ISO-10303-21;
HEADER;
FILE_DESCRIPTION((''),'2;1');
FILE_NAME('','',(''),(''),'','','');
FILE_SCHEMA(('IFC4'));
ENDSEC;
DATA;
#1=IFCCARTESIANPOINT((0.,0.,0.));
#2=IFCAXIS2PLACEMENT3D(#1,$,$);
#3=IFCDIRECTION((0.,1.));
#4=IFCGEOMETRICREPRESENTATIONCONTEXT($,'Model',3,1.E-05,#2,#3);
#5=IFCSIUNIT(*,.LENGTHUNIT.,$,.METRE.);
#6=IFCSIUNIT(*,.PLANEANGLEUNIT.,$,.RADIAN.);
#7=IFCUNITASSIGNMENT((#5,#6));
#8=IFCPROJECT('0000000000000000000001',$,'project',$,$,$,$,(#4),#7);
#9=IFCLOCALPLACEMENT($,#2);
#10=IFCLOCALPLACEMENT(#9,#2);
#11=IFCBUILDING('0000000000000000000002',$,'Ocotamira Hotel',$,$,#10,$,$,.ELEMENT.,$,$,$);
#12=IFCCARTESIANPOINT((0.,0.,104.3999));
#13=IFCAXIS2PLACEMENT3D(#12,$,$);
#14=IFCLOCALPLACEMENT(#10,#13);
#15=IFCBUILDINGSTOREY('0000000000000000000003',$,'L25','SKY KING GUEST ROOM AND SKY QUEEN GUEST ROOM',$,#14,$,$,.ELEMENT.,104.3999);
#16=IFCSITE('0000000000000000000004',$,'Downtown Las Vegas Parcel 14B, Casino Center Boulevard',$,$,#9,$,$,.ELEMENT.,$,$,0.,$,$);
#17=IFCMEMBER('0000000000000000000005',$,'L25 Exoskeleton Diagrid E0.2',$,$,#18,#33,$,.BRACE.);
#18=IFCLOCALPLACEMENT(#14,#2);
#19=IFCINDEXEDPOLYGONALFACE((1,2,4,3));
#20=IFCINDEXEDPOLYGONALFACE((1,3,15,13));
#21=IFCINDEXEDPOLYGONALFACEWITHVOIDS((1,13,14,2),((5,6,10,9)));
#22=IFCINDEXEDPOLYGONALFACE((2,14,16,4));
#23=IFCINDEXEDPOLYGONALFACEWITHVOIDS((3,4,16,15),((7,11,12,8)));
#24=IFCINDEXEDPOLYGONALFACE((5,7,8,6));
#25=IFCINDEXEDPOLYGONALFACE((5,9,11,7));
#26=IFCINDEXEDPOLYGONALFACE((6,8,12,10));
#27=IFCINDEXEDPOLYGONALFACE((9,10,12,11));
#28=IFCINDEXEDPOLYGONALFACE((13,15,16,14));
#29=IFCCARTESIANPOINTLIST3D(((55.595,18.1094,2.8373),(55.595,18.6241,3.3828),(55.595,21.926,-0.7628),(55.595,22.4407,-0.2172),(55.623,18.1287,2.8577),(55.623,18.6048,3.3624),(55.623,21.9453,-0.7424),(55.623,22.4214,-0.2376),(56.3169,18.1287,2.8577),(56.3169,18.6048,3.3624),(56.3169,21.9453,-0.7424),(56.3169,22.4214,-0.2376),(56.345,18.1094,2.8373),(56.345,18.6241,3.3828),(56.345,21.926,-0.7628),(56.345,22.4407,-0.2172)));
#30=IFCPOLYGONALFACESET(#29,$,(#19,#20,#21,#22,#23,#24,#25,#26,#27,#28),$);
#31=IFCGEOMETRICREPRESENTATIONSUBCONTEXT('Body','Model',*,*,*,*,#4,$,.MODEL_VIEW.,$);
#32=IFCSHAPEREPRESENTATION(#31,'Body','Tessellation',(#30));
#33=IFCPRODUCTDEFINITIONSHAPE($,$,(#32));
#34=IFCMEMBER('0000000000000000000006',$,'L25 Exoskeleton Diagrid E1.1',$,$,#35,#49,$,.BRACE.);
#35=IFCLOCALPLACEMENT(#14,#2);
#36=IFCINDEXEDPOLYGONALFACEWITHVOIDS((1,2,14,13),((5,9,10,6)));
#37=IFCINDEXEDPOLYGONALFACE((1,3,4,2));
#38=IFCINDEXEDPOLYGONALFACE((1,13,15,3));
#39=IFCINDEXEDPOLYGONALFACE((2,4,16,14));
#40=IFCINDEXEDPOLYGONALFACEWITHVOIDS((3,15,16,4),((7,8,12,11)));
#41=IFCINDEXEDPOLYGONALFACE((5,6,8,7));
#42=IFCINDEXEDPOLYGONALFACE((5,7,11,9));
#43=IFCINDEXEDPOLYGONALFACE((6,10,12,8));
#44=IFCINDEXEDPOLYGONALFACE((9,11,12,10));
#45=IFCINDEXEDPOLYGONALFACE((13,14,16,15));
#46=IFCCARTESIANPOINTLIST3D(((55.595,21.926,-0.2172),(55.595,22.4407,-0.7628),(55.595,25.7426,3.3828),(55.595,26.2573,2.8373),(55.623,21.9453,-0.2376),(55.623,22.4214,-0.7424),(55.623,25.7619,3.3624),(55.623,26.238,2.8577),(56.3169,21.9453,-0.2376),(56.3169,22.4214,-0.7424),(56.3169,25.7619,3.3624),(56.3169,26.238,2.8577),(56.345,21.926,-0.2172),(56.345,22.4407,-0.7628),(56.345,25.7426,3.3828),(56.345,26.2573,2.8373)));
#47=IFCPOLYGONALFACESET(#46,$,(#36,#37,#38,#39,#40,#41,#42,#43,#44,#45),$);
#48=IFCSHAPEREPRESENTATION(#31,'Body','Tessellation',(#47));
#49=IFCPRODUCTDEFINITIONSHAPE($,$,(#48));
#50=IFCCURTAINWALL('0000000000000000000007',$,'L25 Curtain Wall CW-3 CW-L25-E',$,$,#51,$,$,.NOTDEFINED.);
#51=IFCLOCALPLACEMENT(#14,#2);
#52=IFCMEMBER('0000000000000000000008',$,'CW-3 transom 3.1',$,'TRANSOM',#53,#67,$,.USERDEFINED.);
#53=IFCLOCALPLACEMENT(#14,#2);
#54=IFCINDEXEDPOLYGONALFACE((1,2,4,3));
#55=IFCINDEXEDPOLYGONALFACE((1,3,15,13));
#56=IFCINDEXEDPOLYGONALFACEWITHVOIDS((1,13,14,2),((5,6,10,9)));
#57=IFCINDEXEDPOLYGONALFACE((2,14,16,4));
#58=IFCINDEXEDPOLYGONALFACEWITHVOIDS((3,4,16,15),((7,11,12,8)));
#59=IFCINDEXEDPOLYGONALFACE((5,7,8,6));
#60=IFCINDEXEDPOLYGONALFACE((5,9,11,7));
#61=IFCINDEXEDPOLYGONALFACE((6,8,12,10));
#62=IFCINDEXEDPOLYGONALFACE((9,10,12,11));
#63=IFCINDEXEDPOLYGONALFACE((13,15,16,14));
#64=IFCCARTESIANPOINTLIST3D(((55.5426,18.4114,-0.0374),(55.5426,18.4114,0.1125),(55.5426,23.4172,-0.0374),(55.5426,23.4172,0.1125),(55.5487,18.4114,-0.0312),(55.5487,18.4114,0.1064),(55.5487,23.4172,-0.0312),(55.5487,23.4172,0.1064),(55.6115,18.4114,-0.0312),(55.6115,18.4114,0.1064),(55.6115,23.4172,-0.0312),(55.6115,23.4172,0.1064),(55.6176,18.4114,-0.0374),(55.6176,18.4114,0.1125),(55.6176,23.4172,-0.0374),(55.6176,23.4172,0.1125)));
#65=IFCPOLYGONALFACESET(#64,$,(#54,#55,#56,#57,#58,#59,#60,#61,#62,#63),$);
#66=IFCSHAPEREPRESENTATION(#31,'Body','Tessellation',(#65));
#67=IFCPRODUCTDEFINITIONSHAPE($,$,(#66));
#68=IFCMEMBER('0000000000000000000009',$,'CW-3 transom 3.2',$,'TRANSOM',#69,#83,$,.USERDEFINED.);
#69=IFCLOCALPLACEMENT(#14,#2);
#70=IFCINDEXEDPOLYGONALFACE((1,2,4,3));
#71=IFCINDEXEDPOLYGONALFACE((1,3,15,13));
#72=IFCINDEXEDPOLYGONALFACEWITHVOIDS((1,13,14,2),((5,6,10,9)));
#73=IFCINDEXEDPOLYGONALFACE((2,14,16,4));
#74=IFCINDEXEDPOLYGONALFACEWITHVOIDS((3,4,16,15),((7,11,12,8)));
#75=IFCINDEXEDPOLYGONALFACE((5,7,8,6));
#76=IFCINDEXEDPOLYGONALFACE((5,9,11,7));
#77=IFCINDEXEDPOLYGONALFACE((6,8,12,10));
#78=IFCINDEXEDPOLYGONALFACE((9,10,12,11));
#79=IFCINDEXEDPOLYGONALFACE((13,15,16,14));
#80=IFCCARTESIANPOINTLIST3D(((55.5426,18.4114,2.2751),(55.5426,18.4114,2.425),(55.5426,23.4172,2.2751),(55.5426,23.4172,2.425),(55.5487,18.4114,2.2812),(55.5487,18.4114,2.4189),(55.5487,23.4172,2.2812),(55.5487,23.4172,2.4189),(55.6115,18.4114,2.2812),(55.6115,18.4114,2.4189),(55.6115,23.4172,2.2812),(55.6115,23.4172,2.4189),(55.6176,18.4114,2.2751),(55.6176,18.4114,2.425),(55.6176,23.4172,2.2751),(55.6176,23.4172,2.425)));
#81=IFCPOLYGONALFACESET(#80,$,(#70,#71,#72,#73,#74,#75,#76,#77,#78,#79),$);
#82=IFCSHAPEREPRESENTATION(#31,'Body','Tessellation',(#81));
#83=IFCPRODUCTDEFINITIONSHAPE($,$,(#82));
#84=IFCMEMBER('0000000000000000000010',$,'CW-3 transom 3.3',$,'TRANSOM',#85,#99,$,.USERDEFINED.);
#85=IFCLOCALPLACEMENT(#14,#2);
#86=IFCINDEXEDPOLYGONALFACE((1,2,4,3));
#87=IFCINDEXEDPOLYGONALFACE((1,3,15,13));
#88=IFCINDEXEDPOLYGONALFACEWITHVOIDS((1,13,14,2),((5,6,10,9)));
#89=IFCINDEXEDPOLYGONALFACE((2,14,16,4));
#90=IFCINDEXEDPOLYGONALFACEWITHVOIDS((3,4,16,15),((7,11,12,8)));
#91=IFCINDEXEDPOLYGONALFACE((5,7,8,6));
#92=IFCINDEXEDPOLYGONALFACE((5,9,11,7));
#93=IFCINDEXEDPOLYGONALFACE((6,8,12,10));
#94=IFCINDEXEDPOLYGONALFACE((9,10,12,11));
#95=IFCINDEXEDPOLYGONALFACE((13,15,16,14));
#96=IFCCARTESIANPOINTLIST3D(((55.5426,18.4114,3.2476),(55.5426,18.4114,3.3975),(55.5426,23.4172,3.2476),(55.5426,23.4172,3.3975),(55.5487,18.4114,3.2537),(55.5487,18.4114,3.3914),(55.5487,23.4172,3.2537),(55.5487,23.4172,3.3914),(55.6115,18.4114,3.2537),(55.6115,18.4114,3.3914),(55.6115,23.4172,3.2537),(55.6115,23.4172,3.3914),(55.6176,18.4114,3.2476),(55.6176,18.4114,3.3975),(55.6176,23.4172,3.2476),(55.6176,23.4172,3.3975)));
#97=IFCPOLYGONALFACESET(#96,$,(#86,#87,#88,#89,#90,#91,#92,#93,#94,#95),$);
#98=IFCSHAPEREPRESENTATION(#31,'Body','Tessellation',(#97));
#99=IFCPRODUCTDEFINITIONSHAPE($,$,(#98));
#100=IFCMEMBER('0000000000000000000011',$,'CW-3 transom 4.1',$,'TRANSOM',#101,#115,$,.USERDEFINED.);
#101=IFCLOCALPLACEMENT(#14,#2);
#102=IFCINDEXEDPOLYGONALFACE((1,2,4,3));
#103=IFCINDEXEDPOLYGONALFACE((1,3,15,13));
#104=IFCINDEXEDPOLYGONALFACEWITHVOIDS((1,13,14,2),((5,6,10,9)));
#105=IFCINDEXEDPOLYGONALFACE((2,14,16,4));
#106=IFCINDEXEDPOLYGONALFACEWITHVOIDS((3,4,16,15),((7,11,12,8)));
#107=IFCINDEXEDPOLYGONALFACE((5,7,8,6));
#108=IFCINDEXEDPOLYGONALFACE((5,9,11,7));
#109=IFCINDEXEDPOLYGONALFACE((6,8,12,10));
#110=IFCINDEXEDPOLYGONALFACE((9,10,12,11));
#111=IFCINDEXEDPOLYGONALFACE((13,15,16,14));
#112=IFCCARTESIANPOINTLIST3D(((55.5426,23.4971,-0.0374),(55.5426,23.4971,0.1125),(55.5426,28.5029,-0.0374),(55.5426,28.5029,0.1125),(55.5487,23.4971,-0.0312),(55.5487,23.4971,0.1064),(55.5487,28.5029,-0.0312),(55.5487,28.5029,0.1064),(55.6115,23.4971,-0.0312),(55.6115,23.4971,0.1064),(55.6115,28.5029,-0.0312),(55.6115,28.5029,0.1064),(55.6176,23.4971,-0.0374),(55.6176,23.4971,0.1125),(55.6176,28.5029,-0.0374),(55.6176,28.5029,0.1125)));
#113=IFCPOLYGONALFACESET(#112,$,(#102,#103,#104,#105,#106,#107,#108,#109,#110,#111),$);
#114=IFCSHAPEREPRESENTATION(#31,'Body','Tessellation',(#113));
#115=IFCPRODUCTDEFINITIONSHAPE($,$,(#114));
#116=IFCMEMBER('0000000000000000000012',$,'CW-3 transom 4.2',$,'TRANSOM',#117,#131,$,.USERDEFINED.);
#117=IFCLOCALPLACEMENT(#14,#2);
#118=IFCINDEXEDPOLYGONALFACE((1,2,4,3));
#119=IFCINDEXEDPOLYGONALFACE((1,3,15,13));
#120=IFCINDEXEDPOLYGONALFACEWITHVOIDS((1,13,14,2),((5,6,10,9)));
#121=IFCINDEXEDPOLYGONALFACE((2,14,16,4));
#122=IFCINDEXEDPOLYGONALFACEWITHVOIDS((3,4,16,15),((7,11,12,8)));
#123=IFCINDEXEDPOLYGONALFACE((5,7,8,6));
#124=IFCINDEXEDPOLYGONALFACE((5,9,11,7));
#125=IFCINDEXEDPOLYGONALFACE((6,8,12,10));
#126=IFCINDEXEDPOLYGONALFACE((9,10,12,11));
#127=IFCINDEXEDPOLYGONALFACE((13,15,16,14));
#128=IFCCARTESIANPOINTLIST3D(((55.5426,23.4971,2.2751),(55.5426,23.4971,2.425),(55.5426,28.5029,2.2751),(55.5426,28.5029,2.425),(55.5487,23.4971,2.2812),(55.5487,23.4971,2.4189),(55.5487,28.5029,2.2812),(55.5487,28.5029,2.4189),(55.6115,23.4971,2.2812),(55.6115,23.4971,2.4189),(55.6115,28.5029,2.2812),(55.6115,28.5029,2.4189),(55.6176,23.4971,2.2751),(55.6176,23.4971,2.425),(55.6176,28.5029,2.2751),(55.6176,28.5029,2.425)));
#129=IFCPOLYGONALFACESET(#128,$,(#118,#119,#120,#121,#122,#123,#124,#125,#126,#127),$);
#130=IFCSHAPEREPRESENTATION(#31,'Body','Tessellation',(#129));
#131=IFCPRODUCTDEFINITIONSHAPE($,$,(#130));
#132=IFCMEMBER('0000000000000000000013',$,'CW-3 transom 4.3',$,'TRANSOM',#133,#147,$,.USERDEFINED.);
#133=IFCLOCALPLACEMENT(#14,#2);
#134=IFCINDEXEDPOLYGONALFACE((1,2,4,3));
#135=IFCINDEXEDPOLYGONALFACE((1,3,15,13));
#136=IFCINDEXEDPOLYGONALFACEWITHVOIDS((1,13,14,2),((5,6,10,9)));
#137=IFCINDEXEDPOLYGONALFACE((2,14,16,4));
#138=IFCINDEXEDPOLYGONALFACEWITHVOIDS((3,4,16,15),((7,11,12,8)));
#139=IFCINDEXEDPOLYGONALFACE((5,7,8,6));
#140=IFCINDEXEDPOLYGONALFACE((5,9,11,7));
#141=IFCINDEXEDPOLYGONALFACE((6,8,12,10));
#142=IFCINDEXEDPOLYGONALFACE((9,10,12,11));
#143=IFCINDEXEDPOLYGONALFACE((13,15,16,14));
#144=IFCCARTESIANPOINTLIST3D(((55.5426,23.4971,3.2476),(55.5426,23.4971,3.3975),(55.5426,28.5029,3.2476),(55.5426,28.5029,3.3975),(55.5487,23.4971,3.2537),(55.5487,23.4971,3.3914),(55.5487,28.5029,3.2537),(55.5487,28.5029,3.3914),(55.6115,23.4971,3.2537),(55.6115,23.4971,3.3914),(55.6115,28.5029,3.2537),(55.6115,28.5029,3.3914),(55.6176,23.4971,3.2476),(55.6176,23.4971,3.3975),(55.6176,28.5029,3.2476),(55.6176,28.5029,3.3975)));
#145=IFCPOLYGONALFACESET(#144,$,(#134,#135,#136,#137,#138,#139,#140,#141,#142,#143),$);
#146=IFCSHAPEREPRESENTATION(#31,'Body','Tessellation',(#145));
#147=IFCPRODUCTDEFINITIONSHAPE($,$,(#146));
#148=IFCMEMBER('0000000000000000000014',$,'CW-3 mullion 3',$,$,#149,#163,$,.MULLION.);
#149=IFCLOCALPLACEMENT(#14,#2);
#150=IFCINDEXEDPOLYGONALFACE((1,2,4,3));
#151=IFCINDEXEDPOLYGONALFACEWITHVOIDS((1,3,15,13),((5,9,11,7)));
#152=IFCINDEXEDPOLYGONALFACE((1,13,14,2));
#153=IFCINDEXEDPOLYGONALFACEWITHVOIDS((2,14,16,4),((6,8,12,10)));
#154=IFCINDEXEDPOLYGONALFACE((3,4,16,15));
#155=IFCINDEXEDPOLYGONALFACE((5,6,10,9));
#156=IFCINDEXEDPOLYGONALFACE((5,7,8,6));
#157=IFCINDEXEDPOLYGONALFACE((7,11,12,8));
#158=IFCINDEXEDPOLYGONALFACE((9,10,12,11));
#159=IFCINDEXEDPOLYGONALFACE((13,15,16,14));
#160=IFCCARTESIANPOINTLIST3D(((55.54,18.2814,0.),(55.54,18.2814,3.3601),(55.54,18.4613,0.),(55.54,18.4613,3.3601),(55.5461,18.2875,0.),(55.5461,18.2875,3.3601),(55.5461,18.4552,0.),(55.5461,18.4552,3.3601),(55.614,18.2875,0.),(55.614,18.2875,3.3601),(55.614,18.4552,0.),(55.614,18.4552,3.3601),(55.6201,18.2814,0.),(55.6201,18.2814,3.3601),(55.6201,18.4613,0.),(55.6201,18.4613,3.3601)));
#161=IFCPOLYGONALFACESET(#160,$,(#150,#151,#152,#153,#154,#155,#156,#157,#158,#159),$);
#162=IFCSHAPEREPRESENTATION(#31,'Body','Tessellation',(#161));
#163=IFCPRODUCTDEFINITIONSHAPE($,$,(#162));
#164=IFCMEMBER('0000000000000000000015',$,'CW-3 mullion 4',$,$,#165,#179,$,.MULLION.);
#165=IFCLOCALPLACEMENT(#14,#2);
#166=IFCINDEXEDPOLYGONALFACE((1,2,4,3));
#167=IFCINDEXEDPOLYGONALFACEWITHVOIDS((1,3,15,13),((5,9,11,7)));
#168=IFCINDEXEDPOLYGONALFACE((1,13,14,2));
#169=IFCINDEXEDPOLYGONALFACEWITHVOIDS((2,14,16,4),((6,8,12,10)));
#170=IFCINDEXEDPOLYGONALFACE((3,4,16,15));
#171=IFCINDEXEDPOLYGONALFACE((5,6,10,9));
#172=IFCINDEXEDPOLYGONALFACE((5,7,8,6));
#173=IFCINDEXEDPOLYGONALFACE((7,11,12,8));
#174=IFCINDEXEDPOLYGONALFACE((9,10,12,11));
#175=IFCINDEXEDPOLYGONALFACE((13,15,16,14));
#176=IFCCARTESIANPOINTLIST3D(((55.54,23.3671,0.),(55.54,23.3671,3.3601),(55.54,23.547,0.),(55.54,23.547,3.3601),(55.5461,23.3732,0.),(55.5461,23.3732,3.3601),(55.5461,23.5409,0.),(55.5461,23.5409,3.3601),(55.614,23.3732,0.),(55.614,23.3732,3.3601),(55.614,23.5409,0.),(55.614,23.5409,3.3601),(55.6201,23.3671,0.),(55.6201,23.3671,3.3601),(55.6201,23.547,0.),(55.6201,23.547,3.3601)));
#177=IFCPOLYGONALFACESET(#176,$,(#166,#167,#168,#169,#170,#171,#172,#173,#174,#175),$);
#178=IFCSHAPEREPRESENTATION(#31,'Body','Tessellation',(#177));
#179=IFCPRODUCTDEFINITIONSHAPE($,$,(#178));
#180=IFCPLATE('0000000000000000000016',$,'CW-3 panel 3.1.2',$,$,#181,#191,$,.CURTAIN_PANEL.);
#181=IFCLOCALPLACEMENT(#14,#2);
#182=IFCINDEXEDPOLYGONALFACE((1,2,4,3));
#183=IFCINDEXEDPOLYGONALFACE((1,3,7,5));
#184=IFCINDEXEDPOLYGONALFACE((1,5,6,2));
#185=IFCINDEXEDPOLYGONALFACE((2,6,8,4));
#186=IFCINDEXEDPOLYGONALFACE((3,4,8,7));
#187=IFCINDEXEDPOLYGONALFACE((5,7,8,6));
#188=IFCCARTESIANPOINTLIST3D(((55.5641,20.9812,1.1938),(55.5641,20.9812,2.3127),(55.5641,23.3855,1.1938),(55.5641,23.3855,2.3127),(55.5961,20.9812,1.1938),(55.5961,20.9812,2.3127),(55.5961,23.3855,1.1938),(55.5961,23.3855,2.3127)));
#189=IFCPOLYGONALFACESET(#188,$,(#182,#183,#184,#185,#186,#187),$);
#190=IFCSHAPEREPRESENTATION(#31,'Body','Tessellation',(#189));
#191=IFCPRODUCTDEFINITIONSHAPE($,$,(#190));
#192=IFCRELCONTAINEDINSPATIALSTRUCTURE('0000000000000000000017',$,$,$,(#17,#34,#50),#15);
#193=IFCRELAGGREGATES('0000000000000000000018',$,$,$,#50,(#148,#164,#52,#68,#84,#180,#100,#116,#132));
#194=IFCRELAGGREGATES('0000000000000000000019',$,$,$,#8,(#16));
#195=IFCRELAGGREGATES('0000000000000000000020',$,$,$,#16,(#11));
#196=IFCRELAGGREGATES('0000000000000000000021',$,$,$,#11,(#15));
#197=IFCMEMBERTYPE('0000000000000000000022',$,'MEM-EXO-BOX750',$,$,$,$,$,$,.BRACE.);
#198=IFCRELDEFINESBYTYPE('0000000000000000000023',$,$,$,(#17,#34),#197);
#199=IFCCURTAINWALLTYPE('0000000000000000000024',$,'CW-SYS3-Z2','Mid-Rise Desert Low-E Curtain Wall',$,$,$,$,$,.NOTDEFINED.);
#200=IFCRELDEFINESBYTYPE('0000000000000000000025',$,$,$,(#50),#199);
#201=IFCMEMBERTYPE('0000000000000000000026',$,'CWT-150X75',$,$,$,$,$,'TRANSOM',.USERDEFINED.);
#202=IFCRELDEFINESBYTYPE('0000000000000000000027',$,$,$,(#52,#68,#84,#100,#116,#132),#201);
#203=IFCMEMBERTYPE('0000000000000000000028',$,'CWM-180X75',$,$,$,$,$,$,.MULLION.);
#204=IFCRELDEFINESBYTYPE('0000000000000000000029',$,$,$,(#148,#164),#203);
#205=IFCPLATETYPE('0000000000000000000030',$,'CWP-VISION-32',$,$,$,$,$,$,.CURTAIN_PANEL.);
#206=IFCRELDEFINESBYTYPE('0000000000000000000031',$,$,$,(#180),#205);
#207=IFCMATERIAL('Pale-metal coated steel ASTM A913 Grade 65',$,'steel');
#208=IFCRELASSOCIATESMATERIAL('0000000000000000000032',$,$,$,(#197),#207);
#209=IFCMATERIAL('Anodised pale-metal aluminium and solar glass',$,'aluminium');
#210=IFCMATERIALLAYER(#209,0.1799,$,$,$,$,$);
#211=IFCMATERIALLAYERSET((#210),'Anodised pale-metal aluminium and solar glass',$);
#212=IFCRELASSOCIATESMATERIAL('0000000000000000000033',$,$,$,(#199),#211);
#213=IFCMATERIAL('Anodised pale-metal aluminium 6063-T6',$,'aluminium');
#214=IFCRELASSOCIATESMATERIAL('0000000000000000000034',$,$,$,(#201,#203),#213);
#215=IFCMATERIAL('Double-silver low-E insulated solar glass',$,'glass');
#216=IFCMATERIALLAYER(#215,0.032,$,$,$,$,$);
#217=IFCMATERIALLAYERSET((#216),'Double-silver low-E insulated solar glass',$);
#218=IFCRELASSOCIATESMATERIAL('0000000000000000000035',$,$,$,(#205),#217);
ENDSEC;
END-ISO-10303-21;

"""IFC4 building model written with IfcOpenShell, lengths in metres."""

from ifc_helpers import new_model, si_unit, direction, frame, origin, origin_2d, place, context, subcontext, project, spatial, rectangle, hollow_rectangle, extrude, source, transform, mapped, material, layer, layer_set, material_profile, profile_set, type_object, element, aggregate, save


model = new_model("IFC4")

# Units and contexts
model_context = context("Model", 3, precision=1e-05, world=origin(), true_north=direction((0.0, 1.0)))
body_context = subcontext(model_context, "Body", "Model", "MODEL_VIEW")
ifc_project = project(units=[si_unit("LENGTHUNIT", "METRE"), si_unit("PLANEANGLEUNIT", "RADIAN")], contexts=[model_context])

# Site, building, storey
site_placement = place(None, origin())
site = spatial("IfcSite", under=ifc_project, at=site_placement, Name="Downtown Las Vegas Parcel 14B, Casino Center Boulevard", CompositionType="ELEMENT", RefElevation=0.0)
building_placement = place(site_placement, origin())
building = spatial("IfcBuilding", under=site, at=building_placement, Name="Ocotamira Hotel", CompositionType="ELEMENT")
storey_placement = place(building_placement, frame((0.0, 0.0, 104.3999)))
storey = spatial("IfcBuildingStorey", under=building, at=storey_placement, Name="L25", Description="SKY KING GUEST ROOM AND SKY QUEEN GUEST ROOM", CompositionType="ELEMENT", Elevation=104.3999)

# Members
ifc_material_1 = material(Name="Pale-metal coated steel ASTM A913 Grade 65", Category="steel")
ifc_material_profile_1 = material_profile(ifc_material_1, hollow_rectangle(XDim=0.75, YDim=0.75, WallThickness=0.0281, at=origin_2d()), Name="BOX750X750X28")
ifc_profile_set_1 = profile_set([ifc_material_profile_1], Name="Pale-metal coated steel ASTM A913 Grade 65")
member_type_1 = type_object("IfcMemberType", Name="MEM-EXO-BOX750", PredefinedType="BRACE", material=ifc_profile_set_1)
shared_shape_1 = source(origin(), body_context, "Body", "SweptSolid", [
    extrude(hollow_rectangle(XDim=0.75, YDim=0.75, WallThickness=0.0281, at=origin_2d()), origin(), (0.0, 0.0, 1.0), 5.2466),
])
for number, where, z_axis, x_axis, name in (
    (1, (55.97, 22.1833, -0.49), (0.0, -0.727443, 0.686168), (1.0, 0.0, 0.0), "L25 Exoskeleton Diagrid E0.2"),
    (2, (55.97, 22.1833, -0.49), (0.0, 0.727443, 0.686168), (-1.0, 0.0, 0.0), "L25 Exoskeleton Diagrid E1.1"),
):
    element("IfcMember", number, at=place(storey_placement, frame(where, z_axis=z_axis, x_axis=x_axis)), inside=storey, type_object=member_type_1, Name=name, PredefinedType="BRACE", context=body_context, shape_type="MappedRepresentation", body=[
        mapped(shared_shape_1, transform((0.0, 0.0, 0.0), scale=1.0)),
    ])

# Curtain wall, members, plate
ifc_material_2 = material(Name="Anodised pale-metal aluminium and solar glass", Category="aluminium")
ifc_layer_1 = layer(ifc_material_2, 0.1799)
ifc_layer_set_1 = layer_set([ifc_layer_1], Name="Anodised pale-metal aluminium and solar glass")
curtain_wall_type = type_object("IfcCurtainWallType", Name="CW-SYS3-Z2", Description="Mid-Rise Desert Low-E Curtain Wall", PredefinedType="NOTDEFINED", material=ifc_layer_set_1)
curtain_wall_placement = place(storey_placement, origin())
curtain_wall = element("IfcCurtainWall", 3, at=curtain_wall_placement, inside=storey, type_object=curtain_wall_type, Name="L25 Curtain Wall CW-3 CW-L25-E", PredefinedType="NOTDEFINED")
ifc_material_3 = material(Name="Anodised pale-metal aluminium 6063-T6", Category="aluminium")
ifc_material_profile_2 = material_profile(ifc_material_3, hollow_rectangle(XDim=0.075, YDim=0.1499, WallThickness=0.0061, at=origin_2d()), Name="HSS150X75X6")
ifc_profile_set_2 = profile_set([ifc_material_profile_2], Name="Anodised pale-metal aluminium 6063-T6")
member_type_2 = type_object("IfcMemberType", Name="CWT-150X75", ElementType="TRANSOM", PredefinedType="USERDEFINED", material=ifc_profile_set_2)
shared_shape_2 = source(origin(), body_context, "Body", "SweptSolid", [
    extrude(hollow_rectangle(XDim=0.075, YDim=0.1499, WallThickness=0.0061, at=origin_2d()), origin(), (0.0, 0.0, 1.0), 5.0059),
])
member_1_placement = place(storey_placement, frame((55.5801, 18.4114, 0.0376), z_axis=(0.0, 1.0, 0.0), x_axis=(-1.0, 0.0, 0.0)))
member_1 = element("IfcMember", 4, at=member_1_placement, type_object=member_type_2, Name="CW-3 transom 3.1", ObjectType="TRANSOM", PredefinedType="USERDEFINED", context=body_context, shape_type="MappedRepresentation", body=[
    mapped(shared_shape_2, transform((0.0, 0.0, 0.0), scale=1.0)),
])
member_2_placement = place(storey_placement, frame((55.5801, 18.4114, 2.3501), z_axis=(0.0, 1.0, 0.0), x_axis=(-1.0, 0.0, 0.0)))
member_2 = element("IfcMember", 5, at=member_2_placement, type_object=member_type_2, Name="CW-3 transom 3.2", ObjectType="TRANSOM", PredefinedType="USERDEFINED", context=body_context, shape_type="MappedRepresentation", body=[
    mapped(shared_shape_2, transform((0.0, 0.0, 0.0), scale=1.0)),
])
member_3_placement = place(storey_placement, frame((55.5801, 18.4114, 3.3225), z_axis=(0.0, 1.0, 0.0), x_axis=(-1.0, 0.0, 0.0)))
member_3 = element("IfcMember", 6, at=member_3_placement, type_object=member_type_2, Name="CW-3 transom 3.3", ObjectType="TRANSOM", PredefinedType="USERDEFINED", context=body_context, shape_type="MappedRepresentation", body=[
    mapped(shared_shape_2, transform((0.0, 0.0, 0.0), scale=1.0)),
])
member_4_placement = place(storey_placement, frame((55.5801, 23.4971, 0.0376), z_axis=(0.0, 1.0, 0.0), x_axis=(-1.0, 0.0, 0.0)))
member_4 = element("IfcMember", 7, at=member_4_placement, type_object=member_type_2, Name="CW-3 transom 4.1", ObjectType="TRANSOM", PredefinedType="USERDEFINED", context=body_context, shape_type="MappedRepresentation", body=[
    mapped(shared_shape_2, transform((0.0, 0.0, 0.0), scale=1.0)),
])
member_5_placement = place(storey_placement, frame((55.5801, 23.4971, 2.3501), z_axis=(0.0, 1.0, 0.0), x_axis=(-1.0, 0.0, 0.0)))
member_5 = element("IfcMember", 8, at=member_5_placement, type_object=member_type_2, Name="CW-3 transom 4.2", ObjectType="TRANSOM", PredefinedType="USERDEFINED", context=body_context, shape_type="MappedRepresentation", body=[
    mapped(shared_shape_2, transform((0.0, 0.0, 0.0), scale=1.0)),
])
member_6_placement = place(storey_placement, frame((55.5801, 23.4971, 3.3225), z_axis=(0.0, 1.0, 0.0), x_axis=(-1.0, 0.0, 0.0)))
member_6 = element("IfcMember", 9, at=member_6_placement, type_object=member_type_2, Name="CW-3 transom 4.3", ObjectType="TRANSOM", PredefinedType="USERDEFINED", context=body_context, shape_type="MappedRepresentation", body=[
    mapped(shared_shape_2, transform((0.0, 0.0, 0.0), scale=1.0)),
])
ifc_material_profile_3 = material_profile(ifc_material_3, hollow_rectangle(XDim=0.0801, YDim=0.1799, WallThickness=0.0061, at=origin_2d()), Name="HSS180X80X6")
ifc_profile_set_3 = profile_set([ifc_material_profile_3], Name="Anodised pale-metal aluminium 6063-T6")
member_type_3 = type_object("IfcMemberType", Name="CWM-180X75", PredefinedType="MULLION", material=ifc_profile_set_3)
shared_shape_3 = source(origin(), body_context, "Body", "SweptSolid", [
    extrude(hollow_rectangle(XDim=0.0801, YDim=0.1799, WallThickness=0.0061, at=origin_2d()), origin(), (0.0, 0.0, 1.0), 3.3601),
])
member_7_placement = place(storey_placement, frame((55.5801, 18.3713, 0.0), z_axis=(0.0, 0.0, 1.0), x_axis=(-1.0, 0.0, 0.0)))
member_7 = element("IfcMember", 10, at=member_7_placement, type_object=member_type_3, Name="CW-3 mullion 3", PredefinedType="MULLION", context=body_context, shape_type="MappedRepresentation", body=[
    mapped(shared_shape_3, transform((0.0, 0.0, 0.0), scale=1.0)),
])
member_8_placement = place(storey_placement, frame((55.5801, 23.457, 0.0), z_axis=(0.0, 0.0, 1.0), x_axis=(-1.0, 0.0, 0.0)))
member_8 = element("IfcMember", 11, at=member_8_placement, type_object=member_type_3, Name="CW-3 mullion 4", PredefinedType="MULLION", context=body_context, shape_type="MappedRepresentation", body=[
    mapped(shared_shape_3, transform((0.0, 0.0, 0.0), scale=1.0)),
])
ifc_material_4 = material(Name="Double-silver low-E insulated solar glass", Category="glass")
ifc_layer_2 = layer(ifc_material_4, 0.032)
ifc_layer_set_2 = layer_set([ifc_layer_2], Name="Double-silver low-E insulated solar glass")
plate_type = type_object("IfcPlateType", Name="CWP-VISION-32", PredefinedType="CURTAIN_PANEL", material=ifc_layer_set_2)
shared_shape_4 = source(origin(), body_context, "Body", "SweptSolid", [
    extrude(rectangle(XDim=2.4043, YDim=0.032, at=origin_2d()), origin(), (0.0, 0.0, 1.0), 1.1189),
])
plate_1_placement = place(storey_placement, frame((55.5801, 22.1833, 1.1938), z_axis=(0.0, 0.0, 1.0), x_axis=(0.0, 1.0, 0.0)))
plate_1 = element("IfcPlate", 12, at=plate_1_placement, type_object=plate_type, Name="CW-3 panel 3.1.2", PredefinedType="CURTAIN_PANEL", context=body_context, shape_type="MappedRepresentation", body=[
    mapped(shared_shape_4, transform((0.0, 0.0, 0.0), scale=1.0)),
])
aggregate(curtain_wall, [member_7, member_8, member_1, member_2, member_3, plate_1, member_4, member_5, member_6])

save(model, "model.ifc")
